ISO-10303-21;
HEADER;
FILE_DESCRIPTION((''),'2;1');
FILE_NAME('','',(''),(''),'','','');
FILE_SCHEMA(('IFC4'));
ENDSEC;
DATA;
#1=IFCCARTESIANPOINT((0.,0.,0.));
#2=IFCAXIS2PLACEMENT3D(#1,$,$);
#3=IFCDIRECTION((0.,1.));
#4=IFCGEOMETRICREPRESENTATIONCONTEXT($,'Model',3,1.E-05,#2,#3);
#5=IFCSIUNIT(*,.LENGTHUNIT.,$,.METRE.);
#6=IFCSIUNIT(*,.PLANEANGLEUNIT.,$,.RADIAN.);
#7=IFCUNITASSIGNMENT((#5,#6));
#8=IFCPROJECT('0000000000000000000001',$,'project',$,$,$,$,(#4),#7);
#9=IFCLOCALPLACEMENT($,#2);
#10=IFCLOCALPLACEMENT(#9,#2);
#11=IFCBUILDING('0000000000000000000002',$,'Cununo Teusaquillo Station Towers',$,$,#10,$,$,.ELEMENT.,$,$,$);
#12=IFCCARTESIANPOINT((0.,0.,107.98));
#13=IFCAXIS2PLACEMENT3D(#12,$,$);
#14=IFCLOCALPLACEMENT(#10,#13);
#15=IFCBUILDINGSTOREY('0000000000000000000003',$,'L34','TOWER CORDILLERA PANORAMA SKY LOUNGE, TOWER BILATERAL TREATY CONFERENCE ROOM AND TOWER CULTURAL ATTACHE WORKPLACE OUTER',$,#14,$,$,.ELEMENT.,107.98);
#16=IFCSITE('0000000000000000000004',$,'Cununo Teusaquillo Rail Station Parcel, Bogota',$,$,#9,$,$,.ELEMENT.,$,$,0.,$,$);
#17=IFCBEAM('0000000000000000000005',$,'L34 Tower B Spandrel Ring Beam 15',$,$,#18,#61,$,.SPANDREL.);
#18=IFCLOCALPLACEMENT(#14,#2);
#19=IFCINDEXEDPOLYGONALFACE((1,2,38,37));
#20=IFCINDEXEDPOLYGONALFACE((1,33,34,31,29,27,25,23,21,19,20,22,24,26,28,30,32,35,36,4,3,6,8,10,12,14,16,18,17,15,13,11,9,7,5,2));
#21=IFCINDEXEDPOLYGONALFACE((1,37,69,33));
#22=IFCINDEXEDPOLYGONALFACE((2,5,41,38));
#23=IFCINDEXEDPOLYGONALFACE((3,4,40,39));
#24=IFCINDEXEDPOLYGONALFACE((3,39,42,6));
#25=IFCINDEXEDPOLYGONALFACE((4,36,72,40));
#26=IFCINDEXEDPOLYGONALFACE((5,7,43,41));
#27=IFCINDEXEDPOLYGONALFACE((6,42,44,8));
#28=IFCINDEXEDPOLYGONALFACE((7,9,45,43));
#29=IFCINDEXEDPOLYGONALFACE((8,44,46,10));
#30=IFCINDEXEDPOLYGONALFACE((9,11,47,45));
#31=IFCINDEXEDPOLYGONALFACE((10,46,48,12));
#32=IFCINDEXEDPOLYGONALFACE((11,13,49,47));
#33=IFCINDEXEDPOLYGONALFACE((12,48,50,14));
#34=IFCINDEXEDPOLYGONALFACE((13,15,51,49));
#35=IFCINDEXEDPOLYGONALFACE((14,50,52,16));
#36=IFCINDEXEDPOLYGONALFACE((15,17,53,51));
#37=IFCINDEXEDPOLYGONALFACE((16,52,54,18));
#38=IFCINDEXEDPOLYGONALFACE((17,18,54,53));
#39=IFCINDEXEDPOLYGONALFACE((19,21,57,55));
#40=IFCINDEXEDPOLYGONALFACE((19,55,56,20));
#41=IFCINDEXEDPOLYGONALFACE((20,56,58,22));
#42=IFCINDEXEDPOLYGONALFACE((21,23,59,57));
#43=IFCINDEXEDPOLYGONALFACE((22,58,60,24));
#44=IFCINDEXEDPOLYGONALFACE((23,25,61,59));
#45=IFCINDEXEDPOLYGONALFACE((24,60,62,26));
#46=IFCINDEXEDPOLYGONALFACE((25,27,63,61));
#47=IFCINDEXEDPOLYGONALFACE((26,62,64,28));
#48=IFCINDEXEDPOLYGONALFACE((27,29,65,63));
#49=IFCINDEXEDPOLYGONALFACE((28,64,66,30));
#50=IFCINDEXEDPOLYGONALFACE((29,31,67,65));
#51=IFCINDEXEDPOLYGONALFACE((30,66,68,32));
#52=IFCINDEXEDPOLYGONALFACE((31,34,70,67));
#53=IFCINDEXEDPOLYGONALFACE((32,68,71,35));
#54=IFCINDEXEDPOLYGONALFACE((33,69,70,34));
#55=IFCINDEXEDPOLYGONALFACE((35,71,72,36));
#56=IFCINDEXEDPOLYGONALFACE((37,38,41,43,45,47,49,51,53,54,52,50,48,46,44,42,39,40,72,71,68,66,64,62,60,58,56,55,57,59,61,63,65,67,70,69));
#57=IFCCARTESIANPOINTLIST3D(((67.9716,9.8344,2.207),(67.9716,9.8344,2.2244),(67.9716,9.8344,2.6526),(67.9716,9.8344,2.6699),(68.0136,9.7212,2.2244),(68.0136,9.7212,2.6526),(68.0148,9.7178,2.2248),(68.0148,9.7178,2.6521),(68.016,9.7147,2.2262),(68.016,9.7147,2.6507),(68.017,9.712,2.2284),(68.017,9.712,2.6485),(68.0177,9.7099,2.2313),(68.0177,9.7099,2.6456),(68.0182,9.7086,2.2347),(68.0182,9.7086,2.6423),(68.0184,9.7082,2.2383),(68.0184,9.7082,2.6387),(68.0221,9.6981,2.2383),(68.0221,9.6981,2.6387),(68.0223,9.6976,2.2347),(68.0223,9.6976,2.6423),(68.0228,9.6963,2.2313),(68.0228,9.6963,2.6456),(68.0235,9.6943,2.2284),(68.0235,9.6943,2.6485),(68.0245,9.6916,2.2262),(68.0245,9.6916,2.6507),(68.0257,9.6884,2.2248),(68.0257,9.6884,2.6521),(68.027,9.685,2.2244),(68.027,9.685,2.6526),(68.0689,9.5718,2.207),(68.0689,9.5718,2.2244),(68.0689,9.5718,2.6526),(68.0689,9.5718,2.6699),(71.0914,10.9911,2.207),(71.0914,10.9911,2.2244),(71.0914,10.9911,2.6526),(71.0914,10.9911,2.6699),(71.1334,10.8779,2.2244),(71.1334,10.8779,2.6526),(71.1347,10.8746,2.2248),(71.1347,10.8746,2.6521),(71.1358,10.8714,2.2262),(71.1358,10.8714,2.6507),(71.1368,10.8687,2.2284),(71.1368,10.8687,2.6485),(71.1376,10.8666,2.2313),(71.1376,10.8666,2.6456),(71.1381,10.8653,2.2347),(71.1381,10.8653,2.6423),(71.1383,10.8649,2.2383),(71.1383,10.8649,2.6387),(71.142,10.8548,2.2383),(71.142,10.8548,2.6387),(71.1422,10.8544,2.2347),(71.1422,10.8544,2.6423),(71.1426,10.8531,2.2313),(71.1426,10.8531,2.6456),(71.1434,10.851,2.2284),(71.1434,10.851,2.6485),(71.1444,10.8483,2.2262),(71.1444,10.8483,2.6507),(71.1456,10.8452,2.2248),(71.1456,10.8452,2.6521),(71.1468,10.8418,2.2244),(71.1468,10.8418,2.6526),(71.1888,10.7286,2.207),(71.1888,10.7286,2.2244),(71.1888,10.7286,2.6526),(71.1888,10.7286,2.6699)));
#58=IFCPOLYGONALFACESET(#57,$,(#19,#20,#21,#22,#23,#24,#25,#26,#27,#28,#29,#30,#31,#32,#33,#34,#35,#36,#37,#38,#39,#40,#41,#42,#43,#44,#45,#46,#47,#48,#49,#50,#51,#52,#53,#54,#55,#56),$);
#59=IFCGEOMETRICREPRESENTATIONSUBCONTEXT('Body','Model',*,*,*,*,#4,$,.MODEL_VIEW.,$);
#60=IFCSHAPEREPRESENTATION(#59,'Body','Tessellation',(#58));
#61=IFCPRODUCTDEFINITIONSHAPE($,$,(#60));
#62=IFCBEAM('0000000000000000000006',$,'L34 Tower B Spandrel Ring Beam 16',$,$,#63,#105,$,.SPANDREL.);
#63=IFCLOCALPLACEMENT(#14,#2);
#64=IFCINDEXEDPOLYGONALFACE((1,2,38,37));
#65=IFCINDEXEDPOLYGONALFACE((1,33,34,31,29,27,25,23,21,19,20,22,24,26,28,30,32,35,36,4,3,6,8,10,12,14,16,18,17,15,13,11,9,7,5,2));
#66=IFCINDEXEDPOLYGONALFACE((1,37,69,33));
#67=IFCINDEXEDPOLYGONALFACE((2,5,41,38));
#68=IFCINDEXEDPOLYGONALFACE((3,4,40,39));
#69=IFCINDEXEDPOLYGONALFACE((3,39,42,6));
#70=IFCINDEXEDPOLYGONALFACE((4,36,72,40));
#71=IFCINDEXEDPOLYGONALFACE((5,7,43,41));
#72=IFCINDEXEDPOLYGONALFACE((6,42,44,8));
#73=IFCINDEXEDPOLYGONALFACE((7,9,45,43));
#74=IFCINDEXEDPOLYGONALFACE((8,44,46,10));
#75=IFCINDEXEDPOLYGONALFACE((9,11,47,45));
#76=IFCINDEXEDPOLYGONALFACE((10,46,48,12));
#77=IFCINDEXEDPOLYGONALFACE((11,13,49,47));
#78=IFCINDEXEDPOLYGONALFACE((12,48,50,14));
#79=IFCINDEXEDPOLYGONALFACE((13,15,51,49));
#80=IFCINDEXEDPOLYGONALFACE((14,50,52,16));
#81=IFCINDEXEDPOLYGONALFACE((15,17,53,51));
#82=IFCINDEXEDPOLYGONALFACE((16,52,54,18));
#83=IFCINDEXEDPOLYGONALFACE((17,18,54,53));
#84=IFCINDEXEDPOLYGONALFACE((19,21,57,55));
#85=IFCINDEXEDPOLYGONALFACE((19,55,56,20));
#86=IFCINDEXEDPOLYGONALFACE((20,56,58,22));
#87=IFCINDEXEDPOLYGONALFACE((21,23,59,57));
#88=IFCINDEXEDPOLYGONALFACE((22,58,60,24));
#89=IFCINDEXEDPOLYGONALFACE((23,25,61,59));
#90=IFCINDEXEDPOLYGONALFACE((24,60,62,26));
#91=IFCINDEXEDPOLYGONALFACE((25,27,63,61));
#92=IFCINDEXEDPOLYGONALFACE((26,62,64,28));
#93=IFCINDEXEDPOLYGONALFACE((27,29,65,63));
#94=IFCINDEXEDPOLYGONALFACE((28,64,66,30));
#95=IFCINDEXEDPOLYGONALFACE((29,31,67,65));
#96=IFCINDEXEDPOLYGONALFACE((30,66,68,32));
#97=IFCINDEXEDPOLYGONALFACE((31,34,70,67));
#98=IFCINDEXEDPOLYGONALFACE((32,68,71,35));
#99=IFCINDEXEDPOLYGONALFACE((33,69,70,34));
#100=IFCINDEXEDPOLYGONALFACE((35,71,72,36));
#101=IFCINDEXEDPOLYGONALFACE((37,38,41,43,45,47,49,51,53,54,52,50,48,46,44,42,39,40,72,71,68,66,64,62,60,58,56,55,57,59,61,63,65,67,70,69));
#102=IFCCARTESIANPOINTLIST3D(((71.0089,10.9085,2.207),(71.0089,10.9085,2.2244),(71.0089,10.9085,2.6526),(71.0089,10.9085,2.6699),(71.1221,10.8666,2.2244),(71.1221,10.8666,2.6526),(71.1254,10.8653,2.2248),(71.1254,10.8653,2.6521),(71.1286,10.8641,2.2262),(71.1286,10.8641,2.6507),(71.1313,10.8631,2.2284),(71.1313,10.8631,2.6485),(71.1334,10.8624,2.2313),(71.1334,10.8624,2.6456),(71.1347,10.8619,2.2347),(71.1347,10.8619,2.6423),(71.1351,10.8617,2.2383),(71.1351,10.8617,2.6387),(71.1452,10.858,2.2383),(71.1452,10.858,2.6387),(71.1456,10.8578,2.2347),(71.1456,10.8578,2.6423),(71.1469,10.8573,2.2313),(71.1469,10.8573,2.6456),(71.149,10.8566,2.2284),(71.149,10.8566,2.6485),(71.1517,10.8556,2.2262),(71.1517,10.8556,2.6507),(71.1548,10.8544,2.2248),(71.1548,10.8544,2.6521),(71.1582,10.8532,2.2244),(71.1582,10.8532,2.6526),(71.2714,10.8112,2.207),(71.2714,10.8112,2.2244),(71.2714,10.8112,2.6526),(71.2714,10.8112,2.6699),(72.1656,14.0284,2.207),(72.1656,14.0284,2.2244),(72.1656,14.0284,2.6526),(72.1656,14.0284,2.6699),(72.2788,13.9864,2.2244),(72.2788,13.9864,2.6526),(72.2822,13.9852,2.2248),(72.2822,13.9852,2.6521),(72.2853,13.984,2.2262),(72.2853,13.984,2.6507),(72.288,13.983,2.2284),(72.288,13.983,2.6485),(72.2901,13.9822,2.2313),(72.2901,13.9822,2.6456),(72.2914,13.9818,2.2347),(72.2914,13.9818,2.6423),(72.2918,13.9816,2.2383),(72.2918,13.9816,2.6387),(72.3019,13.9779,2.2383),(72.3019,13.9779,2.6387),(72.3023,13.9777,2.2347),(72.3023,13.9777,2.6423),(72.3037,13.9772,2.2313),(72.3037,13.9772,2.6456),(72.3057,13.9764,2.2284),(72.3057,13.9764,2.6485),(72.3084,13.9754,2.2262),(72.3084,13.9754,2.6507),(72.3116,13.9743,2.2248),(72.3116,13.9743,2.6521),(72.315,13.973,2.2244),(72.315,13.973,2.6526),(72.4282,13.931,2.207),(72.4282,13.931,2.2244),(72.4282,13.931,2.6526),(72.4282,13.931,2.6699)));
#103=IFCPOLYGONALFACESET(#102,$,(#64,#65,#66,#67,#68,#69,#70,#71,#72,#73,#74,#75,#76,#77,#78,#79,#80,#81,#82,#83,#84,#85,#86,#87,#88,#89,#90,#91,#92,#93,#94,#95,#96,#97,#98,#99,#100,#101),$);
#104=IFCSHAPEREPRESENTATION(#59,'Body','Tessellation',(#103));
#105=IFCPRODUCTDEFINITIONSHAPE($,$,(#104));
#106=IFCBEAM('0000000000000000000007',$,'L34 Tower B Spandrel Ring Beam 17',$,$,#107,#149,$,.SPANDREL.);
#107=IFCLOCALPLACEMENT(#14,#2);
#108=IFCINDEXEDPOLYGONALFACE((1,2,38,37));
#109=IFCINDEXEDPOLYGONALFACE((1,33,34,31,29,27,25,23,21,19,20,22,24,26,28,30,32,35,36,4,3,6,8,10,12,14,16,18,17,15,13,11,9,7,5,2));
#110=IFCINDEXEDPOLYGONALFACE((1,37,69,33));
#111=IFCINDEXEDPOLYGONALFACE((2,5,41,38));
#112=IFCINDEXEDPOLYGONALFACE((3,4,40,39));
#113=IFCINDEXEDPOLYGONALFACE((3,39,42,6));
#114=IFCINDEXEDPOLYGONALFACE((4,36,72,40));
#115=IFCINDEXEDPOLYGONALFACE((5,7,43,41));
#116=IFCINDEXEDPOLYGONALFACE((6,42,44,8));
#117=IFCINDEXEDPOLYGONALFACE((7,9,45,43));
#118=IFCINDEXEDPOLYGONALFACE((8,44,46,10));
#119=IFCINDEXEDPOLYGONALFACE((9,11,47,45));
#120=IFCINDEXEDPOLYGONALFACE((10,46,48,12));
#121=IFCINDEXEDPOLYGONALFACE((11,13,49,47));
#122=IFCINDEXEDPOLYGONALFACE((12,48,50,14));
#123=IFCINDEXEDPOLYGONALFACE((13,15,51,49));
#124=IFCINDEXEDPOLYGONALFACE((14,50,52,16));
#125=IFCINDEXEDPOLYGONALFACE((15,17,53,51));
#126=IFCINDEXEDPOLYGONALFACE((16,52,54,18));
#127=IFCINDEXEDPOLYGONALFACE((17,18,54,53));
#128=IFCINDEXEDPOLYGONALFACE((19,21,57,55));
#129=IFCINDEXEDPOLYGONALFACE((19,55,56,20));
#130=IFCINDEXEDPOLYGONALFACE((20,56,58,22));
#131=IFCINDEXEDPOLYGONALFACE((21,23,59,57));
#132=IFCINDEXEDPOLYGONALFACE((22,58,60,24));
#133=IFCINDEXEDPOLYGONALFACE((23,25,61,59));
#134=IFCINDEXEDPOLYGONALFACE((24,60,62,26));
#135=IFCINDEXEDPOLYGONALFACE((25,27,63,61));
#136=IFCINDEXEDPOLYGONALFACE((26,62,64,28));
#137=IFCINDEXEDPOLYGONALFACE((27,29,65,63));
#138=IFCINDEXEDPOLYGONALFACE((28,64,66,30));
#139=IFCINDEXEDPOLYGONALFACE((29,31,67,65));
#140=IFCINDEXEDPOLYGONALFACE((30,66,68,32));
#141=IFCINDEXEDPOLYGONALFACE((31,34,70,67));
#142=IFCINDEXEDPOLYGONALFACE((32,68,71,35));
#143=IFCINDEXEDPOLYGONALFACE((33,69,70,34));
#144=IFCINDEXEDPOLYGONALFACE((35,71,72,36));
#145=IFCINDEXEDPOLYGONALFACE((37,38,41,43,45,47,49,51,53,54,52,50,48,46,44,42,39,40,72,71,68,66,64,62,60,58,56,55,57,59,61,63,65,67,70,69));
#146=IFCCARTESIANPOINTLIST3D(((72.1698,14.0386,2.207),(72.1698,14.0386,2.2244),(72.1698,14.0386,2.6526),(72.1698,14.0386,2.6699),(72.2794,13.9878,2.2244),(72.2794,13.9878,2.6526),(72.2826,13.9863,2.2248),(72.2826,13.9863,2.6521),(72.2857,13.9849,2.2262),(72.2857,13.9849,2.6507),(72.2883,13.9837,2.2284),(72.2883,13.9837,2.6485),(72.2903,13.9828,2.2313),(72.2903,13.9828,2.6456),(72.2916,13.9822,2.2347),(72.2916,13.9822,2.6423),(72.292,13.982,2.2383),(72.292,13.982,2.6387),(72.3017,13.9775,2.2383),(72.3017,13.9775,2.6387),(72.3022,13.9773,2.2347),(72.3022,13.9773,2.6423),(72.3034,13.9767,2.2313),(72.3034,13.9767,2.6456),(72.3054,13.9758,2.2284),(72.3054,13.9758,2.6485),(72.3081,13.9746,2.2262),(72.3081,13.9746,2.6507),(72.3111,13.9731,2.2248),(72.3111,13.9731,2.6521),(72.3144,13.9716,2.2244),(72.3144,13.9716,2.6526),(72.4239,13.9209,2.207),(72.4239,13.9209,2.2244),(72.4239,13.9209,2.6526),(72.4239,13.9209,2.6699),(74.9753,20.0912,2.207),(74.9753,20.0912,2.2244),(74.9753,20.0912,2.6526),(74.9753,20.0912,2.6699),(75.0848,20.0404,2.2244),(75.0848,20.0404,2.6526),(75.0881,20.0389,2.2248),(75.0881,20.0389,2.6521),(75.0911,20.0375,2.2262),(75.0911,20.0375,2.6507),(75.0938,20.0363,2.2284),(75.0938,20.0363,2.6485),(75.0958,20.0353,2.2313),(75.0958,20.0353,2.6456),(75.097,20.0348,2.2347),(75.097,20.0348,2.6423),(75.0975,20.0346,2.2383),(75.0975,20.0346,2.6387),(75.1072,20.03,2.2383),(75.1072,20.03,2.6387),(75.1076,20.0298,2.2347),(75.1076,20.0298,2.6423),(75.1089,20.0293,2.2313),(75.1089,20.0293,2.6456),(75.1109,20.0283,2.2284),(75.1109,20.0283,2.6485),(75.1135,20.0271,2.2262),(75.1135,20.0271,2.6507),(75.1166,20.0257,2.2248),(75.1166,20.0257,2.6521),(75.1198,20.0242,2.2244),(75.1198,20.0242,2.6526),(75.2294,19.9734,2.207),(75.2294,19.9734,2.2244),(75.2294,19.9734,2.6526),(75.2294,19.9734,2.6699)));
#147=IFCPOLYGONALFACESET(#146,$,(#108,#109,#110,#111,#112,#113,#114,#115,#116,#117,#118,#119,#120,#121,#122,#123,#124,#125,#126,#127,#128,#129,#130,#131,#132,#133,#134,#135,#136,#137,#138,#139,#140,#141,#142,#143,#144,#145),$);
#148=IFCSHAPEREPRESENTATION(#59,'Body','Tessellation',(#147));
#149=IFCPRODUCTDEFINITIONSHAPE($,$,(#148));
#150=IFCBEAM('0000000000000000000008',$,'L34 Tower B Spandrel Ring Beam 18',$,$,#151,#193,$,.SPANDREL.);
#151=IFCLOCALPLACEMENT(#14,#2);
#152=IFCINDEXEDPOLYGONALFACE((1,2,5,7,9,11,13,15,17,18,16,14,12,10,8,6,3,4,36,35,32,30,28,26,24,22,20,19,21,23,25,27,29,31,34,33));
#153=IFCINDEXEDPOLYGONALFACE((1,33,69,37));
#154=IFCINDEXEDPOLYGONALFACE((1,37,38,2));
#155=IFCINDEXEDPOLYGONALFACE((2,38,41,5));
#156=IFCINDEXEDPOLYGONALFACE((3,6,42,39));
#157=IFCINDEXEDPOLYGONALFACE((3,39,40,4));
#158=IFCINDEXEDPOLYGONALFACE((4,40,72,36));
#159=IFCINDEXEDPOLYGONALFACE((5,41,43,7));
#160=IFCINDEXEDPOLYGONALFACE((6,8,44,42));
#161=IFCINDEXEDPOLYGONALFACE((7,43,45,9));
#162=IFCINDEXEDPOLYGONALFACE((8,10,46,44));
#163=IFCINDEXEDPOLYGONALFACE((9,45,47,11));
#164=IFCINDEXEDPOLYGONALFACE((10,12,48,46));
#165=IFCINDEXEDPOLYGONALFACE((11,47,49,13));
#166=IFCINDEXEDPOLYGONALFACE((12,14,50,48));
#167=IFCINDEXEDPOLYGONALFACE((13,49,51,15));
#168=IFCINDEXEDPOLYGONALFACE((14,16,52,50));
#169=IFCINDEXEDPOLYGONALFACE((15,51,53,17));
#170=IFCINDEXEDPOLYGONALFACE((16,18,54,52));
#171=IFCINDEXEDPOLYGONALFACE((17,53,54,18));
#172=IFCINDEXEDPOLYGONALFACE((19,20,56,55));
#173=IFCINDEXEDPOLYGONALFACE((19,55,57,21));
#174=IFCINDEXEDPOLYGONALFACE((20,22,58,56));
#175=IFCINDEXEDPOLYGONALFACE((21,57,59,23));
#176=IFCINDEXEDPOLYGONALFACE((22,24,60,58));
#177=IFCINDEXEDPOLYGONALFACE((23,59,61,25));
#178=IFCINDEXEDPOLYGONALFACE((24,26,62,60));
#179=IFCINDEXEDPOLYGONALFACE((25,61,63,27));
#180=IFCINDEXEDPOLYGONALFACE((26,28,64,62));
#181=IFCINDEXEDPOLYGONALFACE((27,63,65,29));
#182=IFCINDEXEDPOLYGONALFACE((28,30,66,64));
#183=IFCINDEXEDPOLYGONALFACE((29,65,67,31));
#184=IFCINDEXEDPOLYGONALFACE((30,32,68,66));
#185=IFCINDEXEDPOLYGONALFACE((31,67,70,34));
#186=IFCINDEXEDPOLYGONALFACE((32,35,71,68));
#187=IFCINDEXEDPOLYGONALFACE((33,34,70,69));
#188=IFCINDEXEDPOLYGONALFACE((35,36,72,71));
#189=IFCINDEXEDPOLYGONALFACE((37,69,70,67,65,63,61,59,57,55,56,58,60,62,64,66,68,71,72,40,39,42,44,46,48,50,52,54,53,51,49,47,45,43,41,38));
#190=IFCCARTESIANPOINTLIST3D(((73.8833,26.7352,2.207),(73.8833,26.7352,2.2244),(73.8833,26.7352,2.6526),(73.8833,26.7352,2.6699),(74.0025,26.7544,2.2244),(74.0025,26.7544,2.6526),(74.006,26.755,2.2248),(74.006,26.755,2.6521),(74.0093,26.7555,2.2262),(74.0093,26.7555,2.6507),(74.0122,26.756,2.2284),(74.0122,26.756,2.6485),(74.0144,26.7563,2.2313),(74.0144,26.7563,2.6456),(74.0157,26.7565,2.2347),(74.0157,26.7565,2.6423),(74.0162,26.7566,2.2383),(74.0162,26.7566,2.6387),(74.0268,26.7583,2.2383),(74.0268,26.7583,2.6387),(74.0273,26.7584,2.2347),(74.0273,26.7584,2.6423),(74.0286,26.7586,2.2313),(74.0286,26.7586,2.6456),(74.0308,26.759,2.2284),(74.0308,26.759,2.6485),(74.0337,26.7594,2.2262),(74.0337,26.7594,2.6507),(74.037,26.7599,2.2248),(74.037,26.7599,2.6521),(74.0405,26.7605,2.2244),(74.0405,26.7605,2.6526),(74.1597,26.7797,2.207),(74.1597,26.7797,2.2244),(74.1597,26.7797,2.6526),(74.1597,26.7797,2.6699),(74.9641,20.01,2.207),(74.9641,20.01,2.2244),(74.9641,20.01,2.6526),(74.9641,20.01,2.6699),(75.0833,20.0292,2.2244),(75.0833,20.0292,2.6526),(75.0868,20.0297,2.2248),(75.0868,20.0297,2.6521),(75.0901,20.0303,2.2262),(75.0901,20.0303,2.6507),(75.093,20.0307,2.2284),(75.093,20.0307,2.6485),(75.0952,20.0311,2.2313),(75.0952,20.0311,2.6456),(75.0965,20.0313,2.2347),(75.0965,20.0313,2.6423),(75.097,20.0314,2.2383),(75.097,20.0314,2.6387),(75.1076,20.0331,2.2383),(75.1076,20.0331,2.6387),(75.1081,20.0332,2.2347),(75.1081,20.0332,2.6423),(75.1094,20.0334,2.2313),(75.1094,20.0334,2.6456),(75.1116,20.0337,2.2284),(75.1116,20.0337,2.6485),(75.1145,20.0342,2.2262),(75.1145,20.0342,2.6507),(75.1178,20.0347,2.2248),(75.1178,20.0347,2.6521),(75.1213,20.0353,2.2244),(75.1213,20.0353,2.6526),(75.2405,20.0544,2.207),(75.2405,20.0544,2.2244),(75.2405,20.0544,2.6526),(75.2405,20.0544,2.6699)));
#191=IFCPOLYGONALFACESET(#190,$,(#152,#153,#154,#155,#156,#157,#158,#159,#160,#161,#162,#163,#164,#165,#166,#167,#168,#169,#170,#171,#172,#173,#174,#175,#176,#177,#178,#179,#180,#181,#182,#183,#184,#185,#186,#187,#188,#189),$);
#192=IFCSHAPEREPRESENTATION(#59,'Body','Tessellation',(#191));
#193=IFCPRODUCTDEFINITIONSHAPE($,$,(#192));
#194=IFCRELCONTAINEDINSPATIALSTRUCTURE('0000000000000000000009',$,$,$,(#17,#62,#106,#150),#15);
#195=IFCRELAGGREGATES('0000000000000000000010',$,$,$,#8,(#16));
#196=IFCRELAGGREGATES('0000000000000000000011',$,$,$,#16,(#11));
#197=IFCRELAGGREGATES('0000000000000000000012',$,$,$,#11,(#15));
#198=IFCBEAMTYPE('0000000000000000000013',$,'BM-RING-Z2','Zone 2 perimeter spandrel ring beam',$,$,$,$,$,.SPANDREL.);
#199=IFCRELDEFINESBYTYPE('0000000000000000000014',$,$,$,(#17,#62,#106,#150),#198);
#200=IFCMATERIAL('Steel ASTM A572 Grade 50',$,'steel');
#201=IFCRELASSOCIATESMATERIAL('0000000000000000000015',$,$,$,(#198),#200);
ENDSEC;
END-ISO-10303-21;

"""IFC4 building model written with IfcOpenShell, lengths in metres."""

from ifc_helpers import new_model, si_unit, direction, frame, origin, origin_2d, place, context, subcontext, project, spatial, i_section, extrude, material, material_profile, profile_set, type_object, element, save


model = new_model("IFC4")

# Units and contexts
model_context = context("Model", 3, precision=1e-05, world=origin(), true_north=direction((0.0, 1.0)))
body_context = subcontext(model_context, "Body", "Model", "MODEL_VIEW")
ifc_project = project(units=[si_unit("LENGTHUNIT", "METRE"), si_unit("PLANEANGLEUNIT", "RADIAN")], contexts=[model_context])

# Site, building, storey
site_placement = place(None, origin())
site = spatial("IfcSite", under=ifc_project, at=site_placement, Name="Cununo Teusaquillo Rail Station Parcel, Bogota", CompositionType="ELEMENT", RefElevation=0.0)
building_placement = place(site_placement, origin())
building = spatial("IfcBuilding", under=site, at=building_placement, Name="Cununo Teusaquillo Station Towers", CompositionType="ELEMENT")
storey_placement = place(building_placement, frame((0.0, 0.0, 107.98)))
storey = spatial("IfcBuildingStorey", under=building, at=storey_placement, Name="L34", Description="TOWER CORDILLERA PANORAMA SKY LOUNGE, TOWER BILATERAL TREATY CONFERENCE ROOM AND TOWER CULTURAL ATTACHE WORKPLACE OUTER", CompositionType="ELEMENT", Elevation=107.98)

# Beams
ifc_material_1 = material(Name="Steel ASTM A572 Grade 50", Category="steel")
ifc_material_profile_1 = material_profile(ifc_material_1, i_section(OverallWidth=0.28, OverallDepth=0.4629, WebThickness=0.0107, FlangeThickness=0.0173, FilletRadius=0.0139, at=origin_2d()), Name="W18X76")
ifc_profile_set_1 = profile_set([ifc_material_profile_1], Name="Steel ASTM A572 Grade 50")
beam_type_1 = type_object("IfcBeamType", Name="BM-RING-Z2", Description="Zone 2 perimeter spandrel ring beam", PredefinedType="SPANDREL", material=ifc_profile_set_1)
for number, where, z_axis, x_axis, name in (
    (1, (68.0203, 9.7031, 2.4385), (0.937628, 0.347639, 0.0), (-0.347639, 0.937628, 0.0), "L34 Tower B Spandrel Ring Beam 15"),
    (2, (71.1401, 10.8599, 2.4385), (0.347639, 0.937628, 0.0), (-0.937628, 0.347639, 0.0), "L34 Tower B Spandrel Ring Beam 16"),
):
    element("IfcBeam", number, at=place(storey_placement, frame(where, z_axis=z_axis, x_axis=x_axis)), inside=storey, type_object=beam_type_1, Name=name, PredefinedType="SPANDREL", context=body_context, shape_type="SweptSolid", body=[
        extrude(i_section(OverallWidth=0.28, OverallDepth=0.4629, WebThickness=0.0107, FlangeThickness=0.0173, FilletRadius=0.0139, at=origin_2d()), origin(), (0.0, 0.0, 1.0), 3.3274),
    ])
beam_1_placement = place(storey_placement, frame((72.2969, 13.9797, 2.4385), z_axis=(0.420536, 0.907276, 0.0), x_axis=(-0.907276, 0.420536, 0.0)))
element("IfcBeam", 3, at=beam_1_placement, inside=storey, type_object=beam_type_1, Name="L34 Tower B Spandrel Ring Beam 17", PredefinedType="SPANDREL", context=body_context, shape_type="SweptSolid", body=[
    extrude(i_section(OverallWidth=0.28, OverallDepth=0.4629, WebThickness=0.0107, FlangeThickness=0.0173, FilletRadius=0.0139, at=origin_2d()), origin(), (0.0, 0.0, 1.0), 6.6711),
])
beam_2_placement = place(storey_placement, frame((75.1023, 20.0322, 2.4385), z_axis=(-0.158671, 0.987331, 0.0), x_axis=(-0.987331, -0.158671, 0.0)))
element("IfcBeam", 4, at=beam_2_placement, inside=storey, type_object=beam_type_1, Name="L34 Tower B Spandrel Ring Beam 18", PredefinedType="SPANDREL", context=body_context, shape_type="SweptSolid", body=[
    extrude(i_section(OverallWidth=0.28, OverallDepth=0.4629, WebThickness=0.0107, FlangeThickness=0.0173, FilletRadius=0.0139, at=origin_2d()), origin(), (0.0, 0.0, 1.0), 6.8115),
])

save(model, "model.ifc")
